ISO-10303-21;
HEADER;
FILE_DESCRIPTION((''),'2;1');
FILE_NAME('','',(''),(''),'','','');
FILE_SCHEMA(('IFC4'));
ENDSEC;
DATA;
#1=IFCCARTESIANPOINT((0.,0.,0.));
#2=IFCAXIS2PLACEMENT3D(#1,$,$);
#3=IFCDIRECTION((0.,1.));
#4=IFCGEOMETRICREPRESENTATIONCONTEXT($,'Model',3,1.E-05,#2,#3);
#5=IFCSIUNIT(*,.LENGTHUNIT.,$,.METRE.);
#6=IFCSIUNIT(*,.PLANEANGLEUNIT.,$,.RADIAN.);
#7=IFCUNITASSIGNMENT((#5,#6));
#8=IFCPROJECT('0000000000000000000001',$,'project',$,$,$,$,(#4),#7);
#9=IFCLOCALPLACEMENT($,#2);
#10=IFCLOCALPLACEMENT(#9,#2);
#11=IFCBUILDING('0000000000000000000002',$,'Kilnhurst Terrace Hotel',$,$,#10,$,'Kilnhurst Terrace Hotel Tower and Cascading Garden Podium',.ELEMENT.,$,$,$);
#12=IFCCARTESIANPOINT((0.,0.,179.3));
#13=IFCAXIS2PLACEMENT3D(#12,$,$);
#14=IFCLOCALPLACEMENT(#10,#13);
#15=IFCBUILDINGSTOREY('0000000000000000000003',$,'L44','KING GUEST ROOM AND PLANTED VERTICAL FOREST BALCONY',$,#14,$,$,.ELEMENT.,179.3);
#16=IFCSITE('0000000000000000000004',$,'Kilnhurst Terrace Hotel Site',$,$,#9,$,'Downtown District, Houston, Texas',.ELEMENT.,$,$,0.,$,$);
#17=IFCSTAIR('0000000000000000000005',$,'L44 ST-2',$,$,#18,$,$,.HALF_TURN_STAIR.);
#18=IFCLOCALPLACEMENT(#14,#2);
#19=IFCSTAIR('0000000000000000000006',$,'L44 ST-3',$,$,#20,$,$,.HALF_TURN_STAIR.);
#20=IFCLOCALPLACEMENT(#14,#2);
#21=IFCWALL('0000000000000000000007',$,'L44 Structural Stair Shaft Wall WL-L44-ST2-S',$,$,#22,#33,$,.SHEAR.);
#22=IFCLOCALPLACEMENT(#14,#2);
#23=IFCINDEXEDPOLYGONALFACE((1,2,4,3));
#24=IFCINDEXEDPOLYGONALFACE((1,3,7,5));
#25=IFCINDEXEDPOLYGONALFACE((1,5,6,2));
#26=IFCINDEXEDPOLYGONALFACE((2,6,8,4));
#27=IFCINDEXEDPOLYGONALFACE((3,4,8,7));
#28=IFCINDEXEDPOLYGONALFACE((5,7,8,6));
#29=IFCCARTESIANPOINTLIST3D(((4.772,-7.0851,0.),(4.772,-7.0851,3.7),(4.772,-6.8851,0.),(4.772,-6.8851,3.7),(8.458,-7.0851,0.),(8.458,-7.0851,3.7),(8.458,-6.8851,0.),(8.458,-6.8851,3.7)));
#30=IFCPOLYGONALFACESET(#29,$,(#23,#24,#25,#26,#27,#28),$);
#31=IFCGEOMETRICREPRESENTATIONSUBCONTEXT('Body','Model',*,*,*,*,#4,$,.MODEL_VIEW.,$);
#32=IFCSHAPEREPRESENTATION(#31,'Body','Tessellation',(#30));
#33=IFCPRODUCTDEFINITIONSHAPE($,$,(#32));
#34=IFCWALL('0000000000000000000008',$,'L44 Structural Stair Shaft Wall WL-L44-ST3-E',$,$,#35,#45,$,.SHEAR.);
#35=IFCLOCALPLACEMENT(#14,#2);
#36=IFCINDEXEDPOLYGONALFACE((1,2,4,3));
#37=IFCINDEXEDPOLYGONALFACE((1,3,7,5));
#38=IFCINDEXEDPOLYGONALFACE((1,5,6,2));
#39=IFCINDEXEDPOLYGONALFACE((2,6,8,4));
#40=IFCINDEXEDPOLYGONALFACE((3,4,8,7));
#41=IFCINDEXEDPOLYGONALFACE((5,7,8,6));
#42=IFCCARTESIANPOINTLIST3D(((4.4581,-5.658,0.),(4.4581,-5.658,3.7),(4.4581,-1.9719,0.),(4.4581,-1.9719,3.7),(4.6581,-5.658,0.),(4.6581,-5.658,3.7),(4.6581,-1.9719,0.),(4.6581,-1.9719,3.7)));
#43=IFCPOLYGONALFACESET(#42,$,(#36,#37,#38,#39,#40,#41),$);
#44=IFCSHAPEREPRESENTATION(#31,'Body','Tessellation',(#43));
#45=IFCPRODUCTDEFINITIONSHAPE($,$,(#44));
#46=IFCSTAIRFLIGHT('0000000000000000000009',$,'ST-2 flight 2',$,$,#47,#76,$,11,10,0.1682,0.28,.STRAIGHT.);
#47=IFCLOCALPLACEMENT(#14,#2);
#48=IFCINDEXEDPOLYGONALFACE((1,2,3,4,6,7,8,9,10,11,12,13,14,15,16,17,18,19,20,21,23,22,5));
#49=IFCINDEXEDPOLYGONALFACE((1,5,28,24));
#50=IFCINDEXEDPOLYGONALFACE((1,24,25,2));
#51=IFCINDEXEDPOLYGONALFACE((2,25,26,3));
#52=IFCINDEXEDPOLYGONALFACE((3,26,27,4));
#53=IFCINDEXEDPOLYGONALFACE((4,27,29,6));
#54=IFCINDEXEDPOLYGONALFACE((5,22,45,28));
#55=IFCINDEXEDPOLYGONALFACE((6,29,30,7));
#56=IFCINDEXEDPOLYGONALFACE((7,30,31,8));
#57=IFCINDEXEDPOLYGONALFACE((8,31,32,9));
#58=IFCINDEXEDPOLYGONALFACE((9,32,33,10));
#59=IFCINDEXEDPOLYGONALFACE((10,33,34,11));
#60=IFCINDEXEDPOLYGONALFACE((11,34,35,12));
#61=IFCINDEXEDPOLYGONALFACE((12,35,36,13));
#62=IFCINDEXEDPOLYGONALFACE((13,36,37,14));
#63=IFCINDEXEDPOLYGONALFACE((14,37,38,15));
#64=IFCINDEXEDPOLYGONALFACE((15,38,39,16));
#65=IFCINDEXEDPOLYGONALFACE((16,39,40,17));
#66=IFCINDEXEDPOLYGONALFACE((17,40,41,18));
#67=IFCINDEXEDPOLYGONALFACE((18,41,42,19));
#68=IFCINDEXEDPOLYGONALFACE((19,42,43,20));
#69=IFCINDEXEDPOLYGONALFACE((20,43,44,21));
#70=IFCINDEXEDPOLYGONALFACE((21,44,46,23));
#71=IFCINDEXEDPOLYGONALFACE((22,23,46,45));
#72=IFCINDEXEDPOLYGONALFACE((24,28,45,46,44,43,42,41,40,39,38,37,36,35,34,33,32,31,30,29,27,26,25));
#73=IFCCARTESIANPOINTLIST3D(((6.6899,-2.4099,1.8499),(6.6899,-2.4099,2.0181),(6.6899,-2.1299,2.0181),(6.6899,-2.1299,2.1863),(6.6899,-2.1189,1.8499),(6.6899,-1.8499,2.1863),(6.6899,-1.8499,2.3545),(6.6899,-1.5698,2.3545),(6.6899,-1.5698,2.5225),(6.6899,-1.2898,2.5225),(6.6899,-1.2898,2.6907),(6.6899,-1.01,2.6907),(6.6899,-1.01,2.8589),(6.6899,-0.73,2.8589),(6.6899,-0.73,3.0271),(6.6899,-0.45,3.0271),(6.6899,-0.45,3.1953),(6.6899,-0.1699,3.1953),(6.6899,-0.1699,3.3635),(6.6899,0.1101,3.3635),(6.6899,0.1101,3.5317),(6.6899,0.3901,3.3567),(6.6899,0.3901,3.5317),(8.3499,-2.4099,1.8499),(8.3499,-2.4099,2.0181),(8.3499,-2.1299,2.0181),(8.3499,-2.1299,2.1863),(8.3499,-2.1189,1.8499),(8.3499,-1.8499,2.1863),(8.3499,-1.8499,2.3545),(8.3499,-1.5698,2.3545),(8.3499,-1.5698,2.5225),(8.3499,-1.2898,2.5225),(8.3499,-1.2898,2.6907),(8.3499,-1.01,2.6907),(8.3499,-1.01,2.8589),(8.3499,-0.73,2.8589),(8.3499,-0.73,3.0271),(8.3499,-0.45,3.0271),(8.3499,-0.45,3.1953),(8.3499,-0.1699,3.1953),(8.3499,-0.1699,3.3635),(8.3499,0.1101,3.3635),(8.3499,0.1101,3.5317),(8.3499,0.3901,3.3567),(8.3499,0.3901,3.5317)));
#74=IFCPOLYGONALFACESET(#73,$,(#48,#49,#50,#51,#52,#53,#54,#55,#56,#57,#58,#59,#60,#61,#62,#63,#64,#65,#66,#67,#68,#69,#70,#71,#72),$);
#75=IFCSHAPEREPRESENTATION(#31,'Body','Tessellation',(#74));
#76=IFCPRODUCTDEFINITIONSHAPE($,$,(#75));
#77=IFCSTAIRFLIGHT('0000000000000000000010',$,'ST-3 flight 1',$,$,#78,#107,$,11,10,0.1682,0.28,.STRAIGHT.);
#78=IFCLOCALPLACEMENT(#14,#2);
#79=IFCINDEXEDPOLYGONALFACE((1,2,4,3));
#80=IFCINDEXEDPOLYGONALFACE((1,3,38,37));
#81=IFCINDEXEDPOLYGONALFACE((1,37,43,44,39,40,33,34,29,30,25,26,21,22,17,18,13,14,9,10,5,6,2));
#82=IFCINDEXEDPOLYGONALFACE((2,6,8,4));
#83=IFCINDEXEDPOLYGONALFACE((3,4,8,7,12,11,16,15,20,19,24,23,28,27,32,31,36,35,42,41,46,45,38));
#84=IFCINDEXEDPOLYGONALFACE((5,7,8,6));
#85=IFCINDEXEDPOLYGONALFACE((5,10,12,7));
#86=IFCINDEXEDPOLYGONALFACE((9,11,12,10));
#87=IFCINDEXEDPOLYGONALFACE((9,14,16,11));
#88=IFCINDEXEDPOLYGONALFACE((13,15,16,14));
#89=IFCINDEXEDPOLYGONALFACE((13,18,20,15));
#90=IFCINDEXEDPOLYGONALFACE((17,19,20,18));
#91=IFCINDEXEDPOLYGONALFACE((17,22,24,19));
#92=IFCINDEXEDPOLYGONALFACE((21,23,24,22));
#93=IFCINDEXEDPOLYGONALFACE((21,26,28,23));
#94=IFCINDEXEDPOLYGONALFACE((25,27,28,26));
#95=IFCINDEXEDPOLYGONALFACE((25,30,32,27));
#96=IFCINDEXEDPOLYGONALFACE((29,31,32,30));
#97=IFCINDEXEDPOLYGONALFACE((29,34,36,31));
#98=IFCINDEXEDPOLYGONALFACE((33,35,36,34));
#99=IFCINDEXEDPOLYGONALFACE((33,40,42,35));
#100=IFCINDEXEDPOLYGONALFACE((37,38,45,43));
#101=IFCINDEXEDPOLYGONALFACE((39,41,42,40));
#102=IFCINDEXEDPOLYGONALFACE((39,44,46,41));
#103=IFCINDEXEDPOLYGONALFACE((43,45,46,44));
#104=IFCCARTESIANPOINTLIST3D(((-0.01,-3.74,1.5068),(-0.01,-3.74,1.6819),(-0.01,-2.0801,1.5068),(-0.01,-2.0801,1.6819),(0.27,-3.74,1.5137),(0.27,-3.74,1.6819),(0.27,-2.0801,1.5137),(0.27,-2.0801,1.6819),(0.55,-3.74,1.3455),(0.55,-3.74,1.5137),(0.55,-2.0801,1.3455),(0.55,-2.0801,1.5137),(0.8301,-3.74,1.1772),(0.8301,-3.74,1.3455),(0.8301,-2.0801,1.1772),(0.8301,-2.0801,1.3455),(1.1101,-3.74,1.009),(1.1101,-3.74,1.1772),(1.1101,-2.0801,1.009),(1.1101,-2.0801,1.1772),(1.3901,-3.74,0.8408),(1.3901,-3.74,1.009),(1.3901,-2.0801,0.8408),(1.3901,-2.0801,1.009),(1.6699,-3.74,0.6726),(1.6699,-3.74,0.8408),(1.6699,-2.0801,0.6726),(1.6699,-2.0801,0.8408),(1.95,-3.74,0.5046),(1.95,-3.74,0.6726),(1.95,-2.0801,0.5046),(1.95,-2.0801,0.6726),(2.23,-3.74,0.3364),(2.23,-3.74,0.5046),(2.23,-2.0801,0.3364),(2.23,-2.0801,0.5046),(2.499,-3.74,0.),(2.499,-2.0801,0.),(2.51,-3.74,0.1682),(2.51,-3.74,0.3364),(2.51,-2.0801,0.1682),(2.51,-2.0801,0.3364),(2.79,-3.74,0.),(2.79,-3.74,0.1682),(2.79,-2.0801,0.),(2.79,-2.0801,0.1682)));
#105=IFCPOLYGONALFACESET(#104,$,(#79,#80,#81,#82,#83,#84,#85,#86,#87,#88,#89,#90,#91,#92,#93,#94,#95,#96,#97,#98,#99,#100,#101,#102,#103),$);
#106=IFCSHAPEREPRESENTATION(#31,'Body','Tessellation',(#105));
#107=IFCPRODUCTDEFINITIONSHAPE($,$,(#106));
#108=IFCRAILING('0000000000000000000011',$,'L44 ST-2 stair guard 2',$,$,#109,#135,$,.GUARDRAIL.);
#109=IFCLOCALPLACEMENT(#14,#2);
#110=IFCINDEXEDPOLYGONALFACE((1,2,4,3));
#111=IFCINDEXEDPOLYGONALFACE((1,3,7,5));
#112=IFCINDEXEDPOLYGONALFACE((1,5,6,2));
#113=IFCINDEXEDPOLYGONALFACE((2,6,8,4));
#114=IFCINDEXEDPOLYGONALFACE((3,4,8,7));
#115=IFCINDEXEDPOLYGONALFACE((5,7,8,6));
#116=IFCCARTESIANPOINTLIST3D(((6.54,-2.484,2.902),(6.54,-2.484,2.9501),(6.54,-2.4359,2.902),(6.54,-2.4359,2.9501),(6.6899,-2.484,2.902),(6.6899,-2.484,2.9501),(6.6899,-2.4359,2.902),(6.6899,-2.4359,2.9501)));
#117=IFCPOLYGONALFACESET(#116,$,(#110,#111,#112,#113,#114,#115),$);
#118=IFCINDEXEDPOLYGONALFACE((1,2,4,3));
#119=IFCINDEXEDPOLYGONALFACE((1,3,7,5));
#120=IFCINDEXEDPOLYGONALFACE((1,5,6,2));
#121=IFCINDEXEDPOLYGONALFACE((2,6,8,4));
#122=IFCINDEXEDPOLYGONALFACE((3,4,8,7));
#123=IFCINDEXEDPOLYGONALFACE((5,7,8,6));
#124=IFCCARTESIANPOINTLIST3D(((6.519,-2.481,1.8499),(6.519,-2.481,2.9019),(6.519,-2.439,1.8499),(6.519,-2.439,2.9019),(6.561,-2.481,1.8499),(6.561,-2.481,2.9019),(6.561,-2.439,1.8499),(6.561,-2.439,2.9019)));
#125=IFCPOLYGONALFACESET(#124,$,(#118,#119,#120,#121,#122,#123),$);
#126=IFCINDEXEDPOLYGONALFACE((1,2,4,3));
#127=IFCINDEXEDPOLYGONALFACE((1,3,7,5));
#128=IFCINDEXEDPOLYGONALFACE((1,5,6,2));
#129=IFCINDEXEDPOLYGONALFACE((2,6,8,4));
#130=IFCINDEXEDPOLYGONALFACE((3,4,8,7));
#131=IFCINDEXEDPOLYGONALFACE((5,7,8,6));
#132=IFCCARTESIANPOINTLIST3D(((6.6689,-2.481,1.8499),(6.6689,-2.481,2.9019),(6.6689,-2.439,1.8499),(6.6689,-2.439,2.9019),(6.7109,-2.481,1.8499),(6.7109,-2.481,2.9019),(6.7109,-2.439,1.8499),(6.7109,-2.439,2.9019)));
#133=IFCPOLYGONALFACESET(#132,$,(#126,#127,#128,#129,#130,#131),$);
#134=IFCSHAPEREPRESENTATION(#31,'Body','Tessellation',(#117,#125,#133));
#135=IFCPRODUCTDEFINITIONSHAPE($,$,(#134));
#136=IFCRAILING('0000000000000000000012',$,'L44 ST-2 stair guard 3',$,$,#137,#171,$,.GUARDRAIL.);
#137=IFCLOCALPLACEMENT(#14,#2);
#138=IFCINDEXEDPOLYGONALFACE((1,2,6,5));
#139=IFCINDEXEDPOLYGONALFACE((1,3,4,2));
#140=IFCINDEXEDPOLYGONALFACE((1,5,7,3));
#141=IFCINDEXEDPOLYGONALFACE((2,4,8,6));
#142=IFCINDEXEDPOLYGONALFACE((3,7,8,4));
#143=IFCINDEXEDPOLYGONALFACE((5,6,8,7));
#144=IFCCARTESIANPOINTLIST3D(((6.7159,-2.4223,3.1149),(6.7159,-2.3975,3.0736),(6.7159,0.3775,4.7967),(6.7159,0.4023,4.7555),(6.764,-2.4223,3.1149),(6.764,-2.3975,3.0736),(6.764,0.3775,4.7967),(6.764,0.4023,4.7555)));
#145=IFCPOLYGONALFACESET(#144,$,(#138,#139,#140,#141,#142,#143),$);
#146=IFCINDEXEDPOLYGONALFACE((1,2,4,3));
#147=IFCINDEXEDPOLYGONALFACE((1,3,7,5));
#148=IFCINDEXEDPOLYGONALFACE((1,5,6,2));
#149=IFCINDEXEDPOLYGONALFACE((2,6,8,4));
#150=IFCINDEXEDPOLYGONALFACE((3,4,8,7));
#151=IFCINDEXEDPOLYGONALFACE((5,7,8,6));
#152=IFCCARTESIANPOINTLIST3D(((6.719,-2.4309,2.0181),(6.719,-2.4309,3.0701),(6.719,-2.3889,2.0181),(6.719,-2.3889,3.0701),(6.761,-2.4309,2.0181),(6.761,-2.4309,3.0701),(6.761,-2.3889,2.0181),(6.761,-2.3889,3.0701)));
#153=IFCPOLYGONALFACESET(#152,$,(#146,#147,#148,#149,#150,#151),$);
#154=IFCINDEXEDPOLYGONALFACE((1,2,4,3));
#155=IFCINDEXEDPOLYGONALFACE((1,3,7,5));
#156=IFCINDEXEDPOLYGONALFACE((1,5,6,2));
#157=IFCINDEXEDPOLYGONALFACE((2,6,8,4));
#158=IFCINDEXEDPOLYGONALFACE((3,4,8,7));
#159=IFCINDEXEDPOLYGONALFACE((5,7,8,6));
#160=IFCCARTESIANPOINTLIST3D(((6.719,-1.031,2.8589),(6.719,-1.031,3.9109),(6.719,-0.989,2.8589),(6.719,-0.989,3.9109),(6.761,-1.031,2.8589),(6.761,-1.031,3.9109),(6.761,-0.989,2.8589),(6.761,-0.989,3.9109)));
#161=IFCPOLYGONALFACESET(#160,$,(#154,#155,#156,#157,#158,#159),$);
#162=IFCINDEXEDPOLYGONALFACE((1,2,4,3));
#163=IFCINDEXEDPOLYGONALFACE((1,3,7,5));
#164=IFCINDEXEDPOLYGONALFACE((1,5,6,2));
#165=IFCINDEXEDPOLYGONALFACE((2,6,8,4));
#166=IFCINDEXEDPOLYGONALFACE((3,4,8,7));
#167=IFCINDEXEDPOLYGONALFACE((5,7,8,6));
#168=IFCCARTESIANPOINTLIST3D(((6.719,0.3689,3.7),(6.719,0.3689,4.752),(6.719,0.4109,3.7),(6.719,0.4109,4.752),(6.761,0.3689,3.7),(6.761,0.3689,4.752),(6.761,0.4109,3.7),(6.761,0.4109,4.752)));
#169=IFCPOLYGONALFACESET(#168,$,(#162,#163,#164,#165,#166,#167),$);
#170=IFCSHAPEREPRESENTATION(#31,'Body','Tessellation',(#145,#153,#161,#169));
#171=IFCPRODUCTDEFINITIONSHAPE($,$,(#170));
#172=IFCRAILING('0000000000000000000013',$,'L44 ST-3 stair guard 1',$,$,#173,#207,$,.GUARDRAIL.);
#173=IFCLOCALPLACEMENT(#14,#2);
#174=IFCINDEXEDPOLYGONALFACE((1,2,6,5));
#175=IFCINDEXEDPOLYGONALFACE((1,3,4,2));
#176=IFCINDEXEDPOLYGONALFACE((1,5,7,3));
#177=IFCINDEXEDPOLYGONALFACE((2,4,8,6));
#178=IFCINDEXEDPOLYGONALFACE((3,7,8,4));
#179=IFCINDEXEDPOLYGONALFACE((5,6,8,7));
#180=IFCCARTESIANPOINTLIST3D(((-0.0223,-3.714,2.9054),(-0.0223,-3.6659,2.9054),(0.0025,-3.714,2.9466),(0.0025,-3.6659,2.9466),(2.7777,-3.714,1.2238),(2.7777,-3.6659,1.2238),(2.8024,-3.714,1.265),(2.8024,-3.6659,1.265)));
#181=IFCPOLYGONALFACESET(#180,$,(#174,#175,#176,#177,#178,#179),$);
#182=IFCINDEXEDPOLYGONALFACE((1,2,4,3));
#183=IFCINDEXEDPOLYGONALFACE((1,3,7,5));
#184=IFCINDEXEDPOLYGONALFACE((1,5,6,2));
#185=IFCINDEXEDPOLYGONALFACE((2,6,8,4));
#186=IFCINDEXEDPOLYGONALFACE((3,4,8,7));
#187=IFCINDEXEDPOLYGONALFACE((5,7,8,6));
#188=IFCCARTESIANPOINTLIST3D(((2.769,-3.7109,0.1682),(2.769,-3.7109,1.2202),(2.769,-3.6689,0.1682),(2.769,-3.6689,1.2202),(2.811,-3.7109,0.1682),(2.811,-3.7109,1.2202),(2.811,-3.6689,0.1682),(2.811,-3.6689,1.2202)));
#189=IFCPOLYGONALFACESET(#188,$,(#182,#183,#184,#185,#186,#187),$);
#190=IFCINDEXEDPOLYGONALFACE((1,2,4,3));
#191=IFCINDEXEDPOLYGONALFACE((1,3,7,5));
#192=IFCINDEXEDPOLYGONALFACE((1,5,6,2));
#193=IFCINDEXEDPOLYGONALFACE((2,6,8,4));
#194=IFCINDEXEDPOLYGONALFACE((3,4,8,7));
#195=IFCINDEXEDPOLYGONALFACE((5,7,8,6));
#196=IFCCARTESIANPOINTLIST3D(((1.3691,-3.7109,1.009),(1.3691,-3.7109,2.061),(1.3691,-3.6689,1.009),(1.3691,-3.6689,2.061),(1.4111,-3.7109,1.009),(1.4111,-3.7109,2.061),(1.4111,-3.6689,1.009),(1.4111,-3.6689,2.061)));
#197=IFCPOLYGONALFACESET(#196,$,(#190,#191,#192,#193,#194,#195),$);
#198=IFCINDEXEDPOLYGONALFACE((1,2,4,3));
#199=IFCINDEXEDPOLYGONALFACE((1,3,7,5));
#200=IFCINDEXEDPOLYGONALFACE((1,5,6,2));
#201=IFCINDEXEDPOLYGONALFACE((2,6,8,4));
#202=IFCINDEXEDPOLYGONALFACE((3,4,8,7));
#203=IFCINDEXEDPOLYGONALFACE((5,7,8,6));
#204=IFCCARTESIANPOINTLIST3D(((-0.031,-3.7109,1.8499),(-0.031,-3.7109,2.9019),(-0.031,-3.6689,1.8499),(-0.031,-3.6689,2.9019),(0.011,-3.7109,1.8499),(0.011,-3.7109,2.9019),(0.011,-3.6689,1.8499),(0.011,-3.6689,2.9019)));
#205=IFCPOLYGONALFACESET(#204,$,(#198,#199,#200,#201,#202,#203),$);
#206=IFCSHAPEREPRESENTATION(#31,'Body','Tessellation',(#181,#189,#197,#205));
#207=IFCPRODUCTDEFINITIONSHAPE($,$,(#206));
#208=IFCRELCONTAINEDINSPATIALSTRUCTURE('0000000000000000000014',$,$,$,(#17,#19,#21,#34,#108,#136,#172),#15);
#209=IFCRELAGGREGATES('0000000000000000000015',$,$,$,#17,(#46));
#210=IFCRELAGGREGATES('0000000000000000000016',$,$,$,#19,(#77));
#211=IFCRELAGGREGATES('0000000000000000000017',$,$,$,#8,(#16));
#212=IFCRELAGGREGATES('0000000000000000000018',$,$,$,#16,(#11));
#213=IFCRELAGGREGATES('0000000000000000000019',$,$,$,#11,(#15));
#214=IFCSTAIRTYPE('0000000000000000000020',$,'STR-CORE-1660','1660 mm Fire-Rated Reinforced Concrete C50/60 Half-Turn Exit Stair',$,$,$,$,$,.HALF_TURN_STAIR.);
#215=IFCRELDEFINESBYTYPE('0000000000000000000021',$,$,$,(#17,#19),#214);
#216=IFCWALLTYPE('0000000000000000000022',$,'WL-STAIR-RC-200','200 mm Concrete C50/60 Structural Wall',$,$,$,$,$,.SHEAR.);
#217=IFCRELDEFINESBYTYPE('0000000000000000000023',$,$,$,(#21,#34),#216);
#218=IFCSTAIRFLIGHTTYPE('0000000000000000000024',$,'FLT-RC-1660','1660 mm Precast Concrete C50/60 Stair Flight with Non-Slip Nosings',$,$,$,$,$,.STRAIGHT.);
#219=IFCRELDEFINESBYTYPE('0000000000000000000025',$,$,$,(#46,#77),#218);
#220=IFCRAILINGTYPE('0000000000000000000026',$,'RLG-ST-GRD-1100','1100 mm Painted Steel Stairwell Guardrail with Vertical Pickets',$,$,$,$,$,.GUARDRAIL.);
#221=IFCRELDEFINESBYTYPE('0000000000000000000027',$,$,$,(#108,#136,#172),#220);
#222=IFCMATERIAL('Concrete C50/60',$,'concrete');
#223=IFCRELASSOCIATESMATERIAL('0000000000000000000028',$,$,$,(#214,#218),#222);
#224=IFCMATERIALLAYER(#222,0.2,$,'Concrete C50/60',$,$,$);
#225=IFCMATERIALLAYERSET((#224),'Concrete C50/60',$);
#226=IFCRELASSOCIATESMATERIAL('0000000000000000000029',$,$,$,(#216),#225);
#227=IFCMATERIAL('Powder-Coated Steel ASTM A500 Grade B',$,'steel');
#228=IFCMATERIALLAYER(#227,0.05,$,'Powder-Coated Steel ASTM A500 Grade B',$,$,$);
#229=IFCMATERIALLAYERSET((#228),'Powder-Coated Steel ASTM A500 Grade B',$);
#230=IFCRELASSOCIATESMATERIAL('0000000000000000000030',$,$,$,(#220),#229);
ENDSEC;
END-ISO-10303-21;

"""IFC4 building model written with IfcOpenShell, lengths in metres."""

from ifc_helpers import new_model, si_unit, direction, frame, frame_2d, origin, origin_2d, place, context, subcontext, project, spatial, polyline, rectangle, outline, extrude, material, layer, layer_set, type_object, element, aggregate, save


model = new_model("IFC4")

# Units and contexts
model_context = context("Model", 3, precision=1e-05, world=origin(), true_north=direction((0.0, 1.0)))
body_context = subcontext(model_context, "Body", "Model", "MODEL_VIEW")
ifc_project = project(units=[si_unit("LENGTHUNIT", "METRE"), si_unit("PLANEANGLEUNIT", "RADIAN")], contexts=[model_context])

# Site, building, storey
site_placement = place(None, origin())
site = spatial("IfcSite", under=ifc_project, at=site_placement, Name="Kilnhurst Terrace Hotel Site", LongName="Downtown District, Houston, Texas", CompositionType="ELEMENT", RefElevation=0.0)
building_placement = place(site_placement, origin())
building = spatial("IfcBuilding", under=site, at=building_placement, Name="Kilnhurst Terrace Hotel", LongName="Kilnhurst Terrace Hotel Tower and Cascading Garden Podium", CompositionType="ELEMENT")
storey_placement = place(building_placement, frame((0.0, 0.0, 179.3)))
storey = spatial("IfcBuildingStorey", under=building, at=storey_placement, Name="L44", Description="KING GUEST ROOM AND PLANTED VERTICAL FOREST BALCONY", CompositionType="ELEMENT", Elevation=179.3)

# Stairs
ifc_material_1 = material(Name="Concrete C50/60", Category="concrete")
stair_type = type_object("IfcStairType", Name="STR-CORE-1660", Description="1660 mm Fire-Rated Reinforced Concrete C50/60 Half-Turn Exit Stair", PredefinedType="HALF_TURN_STAIR", material=ifc_material_1)
stair_1_placement = place(storey_placement, origin())
stair_1 = element("IfcStair", 1, at=stair_1_placement, inside=storey, type_object=stair_type, Name="L44 ST-2", PredefinedType="HALF_TURN_STAIR")
stair_2_placement = place(storey_placement, origin())
stair_2 = element("IfcStair", 2, at=stair_2_placement, inside=storey, type_object=stair_type, Name="L44 ST-3", PredefinedType="HALF_TURN_STAIR")

# Walls
ifc_layer_1 = layer(ifc_material_1, 0.2, Name="Concrete C50/60")
ifc_layer_set_1 = layer_set([ifc_layer_1], Name="Concrete C50/60")
wall_type_1 = type_object("IfcWallType", Name="WL-STAIR-RC-200", Description="200 mm Concrete C50/60 Structural Wall", PredefinedType="SHEAR", material=ifc_layer_set_1)
for number, where, z_axis, x_axis, name in (
    (3, (4.772, -6.9851, 0.0), (0.0, 0.0, 1.0), (1.0, 0.0, 0.0), "L44 Structural Stair Shaft Wall WL-L44-ST2-S"),
    (4, (4.5581, -5.658, 0.0), (0.0, 0.0, 1.0), (0.0, 1.0, 0.0), "L44 Structural Stair Shaft Wall WL-L44-ST3-E"),
):
    element("IfcWall", number, at=place(storey_placement, frame(where, z_axis=z_axis, x_axis=x_axis)), inside=storey, type_object=wall_type_1, Name=name, PredefinedType="SHEAR", context=body_context, shape_type="SweptSolid", body=[
        extrude(rectangle(XDim=3.686, YDim=0.2, at=frame_2d((1.843, 0.0))), origin(), (0.0, 0.0, 1.0), 3.7),
    ])

# Stair flights
stair_flight_type = type_object("IfcStairFlightType", Name="FLT-RC-1660", Description="1660 mm Precast Concrete C50/60 Stair Flight with Non-Slip Nosings", PredefinedType="STRAIGHT", material=ifc_material_1)
stair_flight_1_placement = place(storey_placement, frame((7.52, -2.4099, 1.8499), z_axis=(0.0, 0.0, 1.0), x_axis=(0.0, 1.0, 0.0)))
stair_flight_1 = element("IfcStairFlight", 5, at=stair_flight_1_placement, type_object=stair_flight_type, Name="ST-2 flight 2", NumberOfRisers=11, NumberOfTreads=10, PredefinedType="STRAIGHT", RiserHeight=0.1682, TreadLength=0.28, context=body_context, shape_type="SweptSolid", body=[
    extrude(outline(polyline([(0.0, 0.0), (0.0, 0.1682), (0.28, 0.1682), (0.28, 0.3364), (0.5601, 0.3364), (0.5601, 0.5046), (0.8401, 0.5046), (0.8401, 0.6726), (1.1201, 0.6726), (1.1201, 0.8408), (1.3999, 0.8408), (1.3999, 1.009), (1.6799, 1.009), (1.6799, 1.1772), (1.96, 1.1772), (1.96, 1.3455), (2.24, 1.3455), (2.24, 1.5137), (2.52, 1.5137), (2.52, 1.6819), (2.8, 1.6819), (2.8, 1.8501), (2.8, 1.5068), (0.291, 0.0), (0.0, 0.0)])), frame((0.0, 0.8301, 0.0), z_axis=(0.0, -1.0, 0.0), x_axis=(1.0, 0.0, 0.0)), (0.0, 0.0, 1.0), 1.6599),
])
aggregate(stair_1, [stair_flight_1])
stair_flight_2_placement = place(storey_placement, frame((2.79, -2.9099, 0.0), z_axis=(0.0, 0.0, 1.0), x_axis=(-1.0, 0.0, 0.0)))
stair_flight_2 = element("IfcStairFlight", 6, at=stair_flight_2_placement, type_object=stair_flight_type, Name="ST-3 flight 1", NumberOfRisers=11, NumberOfTreads=10, PredefinedType="STRAIGHT", RiserHeight=0.1682, TreadLength=0.28, context=body_context, shape_type="SweptSolid", body=[
    extrude(outline(polyline([(0.0, 0.0), (0.0, 0.1682), (0.28, 0.1682), (0.28, 0.3364), (0.5601, 0.3364), (0.5601, 0.5046), (0.8401, 0.5046), (0.8401, 0.6726), (1.1201, 0.6726), (1.1201, 0.8408), (1.3999, 0.8408), (1.3999, 1.009), (1.6799, 1.009), (1.6799, 1.1772), (1.96, 1.1772), (1.96, 1.3455), (2.24, 1.3455), (2.24, 1.5137), (2.52, 1.5137), (2.52, 1.6819), (2.8, 1.6819), (2.8, 1.8501), (2.8, 1.5068), (0.291, 0.0), (0.0, 0.0)])), frame((0.0, 0.8301, 0.0), z_axis=(0.0, -1.0, 0.0), x_axis=(1.0, 0.0, 0.0)), (0.0, 0.0, 1.0), 1.6599),
])
aggregate(stair_2, [stair_flight_2])

# Railings
ifc_material_2 = material(Name="Powder-Coated Steel ASTM A500 Grade B", Category="steel")
ifc_layer_2 = layer(ifc_material_2, 0.05, Name="Powder-Coated Steel ASTM A500 Grade B")
ifc_layer_set_2 = layer_set([ifc_layer_2], Name="Powder-Coated Steel ASTM A500 Grade B")
railing_type_1 = type_object("IfcRailingType", Name="RLG-ST-GRD-1100", Description="1100 mm Painted Steel Stairwell Guardrail with Vertical Pickets", PredefinedType="GUARDRAIL", material=ifc_layer_set_2)
railing_1_placement = place(storey_placement, frame((6.54, -2.46, 1.8499)))
element("IfcRailing", 7, at=railing_1_placement, inside=storey, type_object=railing_type_1, Name="L44 ST-2 stair guard 2", PredefinedType="GUARDRAIL", context=body_context, shape_type="SweptSolid", body=[
    extrude(rectangle(XDim=0.0481, YDim=0.0481, at=origin_2d()), frame((0.0, 0.0, 1.0762), z_axis=(1.0, 0.0, 0.0), x_axis=(0.0, 1.0, 0.0)), (0.0, 0.0, 1.0), 0.1499),
    extrude(rectangle(XDim=0.042, YDim=0.042, at=origin_2d()), origin(), (0.0, 0.0, 1.0), 1.052),
    extrude(rectangle(XDim=0.042, YDim=0.042, at=origin_2d()), frame((0.1499, 0.0, 0.0)), (0.0, 0.0, 1.0), 1.052),
])
railing_2_placement = place(storey_placement, frame((6.74, -2.4099, 2.0181)))
element("IfcRailing", 8, at=railing_2_placement, inside=storey, type_object=railing_type_1, Name="L44 ST-2 stair guard 3", PredefinedType="GUARDRAIL", context=body_context, shape_type="SweptSolid", body=[
    extrude(rectangle(XDim=0.0481, YDim=0.0481, at=origin_2d()), frame((0.0, 0.0, 1.0762), z_axis=(0.0, 0.857222, 0.514946), x_axis=(-1.0, 0.0, 0.0)), (0.0, 0.0, 1.0), 3.2661),
    extrude(rectangle(XDim=0.042, YDim=0.042, at=origin_2d()), origin(), (0.0, 0.0, 1.0), 1.052),
    extrude(rectangle(XDim=0.042, YDim=0.042, at=origin_2d()), frame((0.0, 1.3999, 0.8408)), (0.0, 0.0, 1.0), 1.052),
    extrude(rectangle(XDim=0.042, YDim=0.042, at=origin_2d()), frame((0.0, 2.7998, 1.6819)), (0.0, 0.0, 1.0), 1.052),
])
railing_3_placement = place(storey_placement, frame((2.79, -3.6899, 0.1682)))
element("IfcRailing", 9, at=railing_3_placement, inside=storey, type_object=railing_type_1, Name="L44 ST-3 stair guard 1", PredefinedType="GUARDRAIL", context=body_context, shape_type="SweptSolid", body=[
    extrude(rectangle(XDim=0.0481, YDim=0.0481, at=origin_2d()), frame((0.0, 0.0, 1.0762), z_axis=(-0.857275, 0.0, 0.514858), x_axis=(0.0, -1.0, 0.0)), (0.0, 0.0, 1.0), 3.2661),
    extrude(rectangle(XDim=0.042, YDim=0.042, at=origin_2d()), origin(), (0.0, 0.0, 1.0), 1.052),
    extrude(rectangle(XDim=0.042, YDim=0.042, at=origin_2d()), frame((-1.3999, 0.0, 0.8408)), (0.0, 0.0, 1.0), 1.052),
    extrude(rectangle(XDim=0.042, YDim=0.042, at=origin_2d()), frame((-2.8, 0.0, 1.6816)), (0.0, 0.0, 1.0), 1.052),
])

save(model, "model.ifc")
